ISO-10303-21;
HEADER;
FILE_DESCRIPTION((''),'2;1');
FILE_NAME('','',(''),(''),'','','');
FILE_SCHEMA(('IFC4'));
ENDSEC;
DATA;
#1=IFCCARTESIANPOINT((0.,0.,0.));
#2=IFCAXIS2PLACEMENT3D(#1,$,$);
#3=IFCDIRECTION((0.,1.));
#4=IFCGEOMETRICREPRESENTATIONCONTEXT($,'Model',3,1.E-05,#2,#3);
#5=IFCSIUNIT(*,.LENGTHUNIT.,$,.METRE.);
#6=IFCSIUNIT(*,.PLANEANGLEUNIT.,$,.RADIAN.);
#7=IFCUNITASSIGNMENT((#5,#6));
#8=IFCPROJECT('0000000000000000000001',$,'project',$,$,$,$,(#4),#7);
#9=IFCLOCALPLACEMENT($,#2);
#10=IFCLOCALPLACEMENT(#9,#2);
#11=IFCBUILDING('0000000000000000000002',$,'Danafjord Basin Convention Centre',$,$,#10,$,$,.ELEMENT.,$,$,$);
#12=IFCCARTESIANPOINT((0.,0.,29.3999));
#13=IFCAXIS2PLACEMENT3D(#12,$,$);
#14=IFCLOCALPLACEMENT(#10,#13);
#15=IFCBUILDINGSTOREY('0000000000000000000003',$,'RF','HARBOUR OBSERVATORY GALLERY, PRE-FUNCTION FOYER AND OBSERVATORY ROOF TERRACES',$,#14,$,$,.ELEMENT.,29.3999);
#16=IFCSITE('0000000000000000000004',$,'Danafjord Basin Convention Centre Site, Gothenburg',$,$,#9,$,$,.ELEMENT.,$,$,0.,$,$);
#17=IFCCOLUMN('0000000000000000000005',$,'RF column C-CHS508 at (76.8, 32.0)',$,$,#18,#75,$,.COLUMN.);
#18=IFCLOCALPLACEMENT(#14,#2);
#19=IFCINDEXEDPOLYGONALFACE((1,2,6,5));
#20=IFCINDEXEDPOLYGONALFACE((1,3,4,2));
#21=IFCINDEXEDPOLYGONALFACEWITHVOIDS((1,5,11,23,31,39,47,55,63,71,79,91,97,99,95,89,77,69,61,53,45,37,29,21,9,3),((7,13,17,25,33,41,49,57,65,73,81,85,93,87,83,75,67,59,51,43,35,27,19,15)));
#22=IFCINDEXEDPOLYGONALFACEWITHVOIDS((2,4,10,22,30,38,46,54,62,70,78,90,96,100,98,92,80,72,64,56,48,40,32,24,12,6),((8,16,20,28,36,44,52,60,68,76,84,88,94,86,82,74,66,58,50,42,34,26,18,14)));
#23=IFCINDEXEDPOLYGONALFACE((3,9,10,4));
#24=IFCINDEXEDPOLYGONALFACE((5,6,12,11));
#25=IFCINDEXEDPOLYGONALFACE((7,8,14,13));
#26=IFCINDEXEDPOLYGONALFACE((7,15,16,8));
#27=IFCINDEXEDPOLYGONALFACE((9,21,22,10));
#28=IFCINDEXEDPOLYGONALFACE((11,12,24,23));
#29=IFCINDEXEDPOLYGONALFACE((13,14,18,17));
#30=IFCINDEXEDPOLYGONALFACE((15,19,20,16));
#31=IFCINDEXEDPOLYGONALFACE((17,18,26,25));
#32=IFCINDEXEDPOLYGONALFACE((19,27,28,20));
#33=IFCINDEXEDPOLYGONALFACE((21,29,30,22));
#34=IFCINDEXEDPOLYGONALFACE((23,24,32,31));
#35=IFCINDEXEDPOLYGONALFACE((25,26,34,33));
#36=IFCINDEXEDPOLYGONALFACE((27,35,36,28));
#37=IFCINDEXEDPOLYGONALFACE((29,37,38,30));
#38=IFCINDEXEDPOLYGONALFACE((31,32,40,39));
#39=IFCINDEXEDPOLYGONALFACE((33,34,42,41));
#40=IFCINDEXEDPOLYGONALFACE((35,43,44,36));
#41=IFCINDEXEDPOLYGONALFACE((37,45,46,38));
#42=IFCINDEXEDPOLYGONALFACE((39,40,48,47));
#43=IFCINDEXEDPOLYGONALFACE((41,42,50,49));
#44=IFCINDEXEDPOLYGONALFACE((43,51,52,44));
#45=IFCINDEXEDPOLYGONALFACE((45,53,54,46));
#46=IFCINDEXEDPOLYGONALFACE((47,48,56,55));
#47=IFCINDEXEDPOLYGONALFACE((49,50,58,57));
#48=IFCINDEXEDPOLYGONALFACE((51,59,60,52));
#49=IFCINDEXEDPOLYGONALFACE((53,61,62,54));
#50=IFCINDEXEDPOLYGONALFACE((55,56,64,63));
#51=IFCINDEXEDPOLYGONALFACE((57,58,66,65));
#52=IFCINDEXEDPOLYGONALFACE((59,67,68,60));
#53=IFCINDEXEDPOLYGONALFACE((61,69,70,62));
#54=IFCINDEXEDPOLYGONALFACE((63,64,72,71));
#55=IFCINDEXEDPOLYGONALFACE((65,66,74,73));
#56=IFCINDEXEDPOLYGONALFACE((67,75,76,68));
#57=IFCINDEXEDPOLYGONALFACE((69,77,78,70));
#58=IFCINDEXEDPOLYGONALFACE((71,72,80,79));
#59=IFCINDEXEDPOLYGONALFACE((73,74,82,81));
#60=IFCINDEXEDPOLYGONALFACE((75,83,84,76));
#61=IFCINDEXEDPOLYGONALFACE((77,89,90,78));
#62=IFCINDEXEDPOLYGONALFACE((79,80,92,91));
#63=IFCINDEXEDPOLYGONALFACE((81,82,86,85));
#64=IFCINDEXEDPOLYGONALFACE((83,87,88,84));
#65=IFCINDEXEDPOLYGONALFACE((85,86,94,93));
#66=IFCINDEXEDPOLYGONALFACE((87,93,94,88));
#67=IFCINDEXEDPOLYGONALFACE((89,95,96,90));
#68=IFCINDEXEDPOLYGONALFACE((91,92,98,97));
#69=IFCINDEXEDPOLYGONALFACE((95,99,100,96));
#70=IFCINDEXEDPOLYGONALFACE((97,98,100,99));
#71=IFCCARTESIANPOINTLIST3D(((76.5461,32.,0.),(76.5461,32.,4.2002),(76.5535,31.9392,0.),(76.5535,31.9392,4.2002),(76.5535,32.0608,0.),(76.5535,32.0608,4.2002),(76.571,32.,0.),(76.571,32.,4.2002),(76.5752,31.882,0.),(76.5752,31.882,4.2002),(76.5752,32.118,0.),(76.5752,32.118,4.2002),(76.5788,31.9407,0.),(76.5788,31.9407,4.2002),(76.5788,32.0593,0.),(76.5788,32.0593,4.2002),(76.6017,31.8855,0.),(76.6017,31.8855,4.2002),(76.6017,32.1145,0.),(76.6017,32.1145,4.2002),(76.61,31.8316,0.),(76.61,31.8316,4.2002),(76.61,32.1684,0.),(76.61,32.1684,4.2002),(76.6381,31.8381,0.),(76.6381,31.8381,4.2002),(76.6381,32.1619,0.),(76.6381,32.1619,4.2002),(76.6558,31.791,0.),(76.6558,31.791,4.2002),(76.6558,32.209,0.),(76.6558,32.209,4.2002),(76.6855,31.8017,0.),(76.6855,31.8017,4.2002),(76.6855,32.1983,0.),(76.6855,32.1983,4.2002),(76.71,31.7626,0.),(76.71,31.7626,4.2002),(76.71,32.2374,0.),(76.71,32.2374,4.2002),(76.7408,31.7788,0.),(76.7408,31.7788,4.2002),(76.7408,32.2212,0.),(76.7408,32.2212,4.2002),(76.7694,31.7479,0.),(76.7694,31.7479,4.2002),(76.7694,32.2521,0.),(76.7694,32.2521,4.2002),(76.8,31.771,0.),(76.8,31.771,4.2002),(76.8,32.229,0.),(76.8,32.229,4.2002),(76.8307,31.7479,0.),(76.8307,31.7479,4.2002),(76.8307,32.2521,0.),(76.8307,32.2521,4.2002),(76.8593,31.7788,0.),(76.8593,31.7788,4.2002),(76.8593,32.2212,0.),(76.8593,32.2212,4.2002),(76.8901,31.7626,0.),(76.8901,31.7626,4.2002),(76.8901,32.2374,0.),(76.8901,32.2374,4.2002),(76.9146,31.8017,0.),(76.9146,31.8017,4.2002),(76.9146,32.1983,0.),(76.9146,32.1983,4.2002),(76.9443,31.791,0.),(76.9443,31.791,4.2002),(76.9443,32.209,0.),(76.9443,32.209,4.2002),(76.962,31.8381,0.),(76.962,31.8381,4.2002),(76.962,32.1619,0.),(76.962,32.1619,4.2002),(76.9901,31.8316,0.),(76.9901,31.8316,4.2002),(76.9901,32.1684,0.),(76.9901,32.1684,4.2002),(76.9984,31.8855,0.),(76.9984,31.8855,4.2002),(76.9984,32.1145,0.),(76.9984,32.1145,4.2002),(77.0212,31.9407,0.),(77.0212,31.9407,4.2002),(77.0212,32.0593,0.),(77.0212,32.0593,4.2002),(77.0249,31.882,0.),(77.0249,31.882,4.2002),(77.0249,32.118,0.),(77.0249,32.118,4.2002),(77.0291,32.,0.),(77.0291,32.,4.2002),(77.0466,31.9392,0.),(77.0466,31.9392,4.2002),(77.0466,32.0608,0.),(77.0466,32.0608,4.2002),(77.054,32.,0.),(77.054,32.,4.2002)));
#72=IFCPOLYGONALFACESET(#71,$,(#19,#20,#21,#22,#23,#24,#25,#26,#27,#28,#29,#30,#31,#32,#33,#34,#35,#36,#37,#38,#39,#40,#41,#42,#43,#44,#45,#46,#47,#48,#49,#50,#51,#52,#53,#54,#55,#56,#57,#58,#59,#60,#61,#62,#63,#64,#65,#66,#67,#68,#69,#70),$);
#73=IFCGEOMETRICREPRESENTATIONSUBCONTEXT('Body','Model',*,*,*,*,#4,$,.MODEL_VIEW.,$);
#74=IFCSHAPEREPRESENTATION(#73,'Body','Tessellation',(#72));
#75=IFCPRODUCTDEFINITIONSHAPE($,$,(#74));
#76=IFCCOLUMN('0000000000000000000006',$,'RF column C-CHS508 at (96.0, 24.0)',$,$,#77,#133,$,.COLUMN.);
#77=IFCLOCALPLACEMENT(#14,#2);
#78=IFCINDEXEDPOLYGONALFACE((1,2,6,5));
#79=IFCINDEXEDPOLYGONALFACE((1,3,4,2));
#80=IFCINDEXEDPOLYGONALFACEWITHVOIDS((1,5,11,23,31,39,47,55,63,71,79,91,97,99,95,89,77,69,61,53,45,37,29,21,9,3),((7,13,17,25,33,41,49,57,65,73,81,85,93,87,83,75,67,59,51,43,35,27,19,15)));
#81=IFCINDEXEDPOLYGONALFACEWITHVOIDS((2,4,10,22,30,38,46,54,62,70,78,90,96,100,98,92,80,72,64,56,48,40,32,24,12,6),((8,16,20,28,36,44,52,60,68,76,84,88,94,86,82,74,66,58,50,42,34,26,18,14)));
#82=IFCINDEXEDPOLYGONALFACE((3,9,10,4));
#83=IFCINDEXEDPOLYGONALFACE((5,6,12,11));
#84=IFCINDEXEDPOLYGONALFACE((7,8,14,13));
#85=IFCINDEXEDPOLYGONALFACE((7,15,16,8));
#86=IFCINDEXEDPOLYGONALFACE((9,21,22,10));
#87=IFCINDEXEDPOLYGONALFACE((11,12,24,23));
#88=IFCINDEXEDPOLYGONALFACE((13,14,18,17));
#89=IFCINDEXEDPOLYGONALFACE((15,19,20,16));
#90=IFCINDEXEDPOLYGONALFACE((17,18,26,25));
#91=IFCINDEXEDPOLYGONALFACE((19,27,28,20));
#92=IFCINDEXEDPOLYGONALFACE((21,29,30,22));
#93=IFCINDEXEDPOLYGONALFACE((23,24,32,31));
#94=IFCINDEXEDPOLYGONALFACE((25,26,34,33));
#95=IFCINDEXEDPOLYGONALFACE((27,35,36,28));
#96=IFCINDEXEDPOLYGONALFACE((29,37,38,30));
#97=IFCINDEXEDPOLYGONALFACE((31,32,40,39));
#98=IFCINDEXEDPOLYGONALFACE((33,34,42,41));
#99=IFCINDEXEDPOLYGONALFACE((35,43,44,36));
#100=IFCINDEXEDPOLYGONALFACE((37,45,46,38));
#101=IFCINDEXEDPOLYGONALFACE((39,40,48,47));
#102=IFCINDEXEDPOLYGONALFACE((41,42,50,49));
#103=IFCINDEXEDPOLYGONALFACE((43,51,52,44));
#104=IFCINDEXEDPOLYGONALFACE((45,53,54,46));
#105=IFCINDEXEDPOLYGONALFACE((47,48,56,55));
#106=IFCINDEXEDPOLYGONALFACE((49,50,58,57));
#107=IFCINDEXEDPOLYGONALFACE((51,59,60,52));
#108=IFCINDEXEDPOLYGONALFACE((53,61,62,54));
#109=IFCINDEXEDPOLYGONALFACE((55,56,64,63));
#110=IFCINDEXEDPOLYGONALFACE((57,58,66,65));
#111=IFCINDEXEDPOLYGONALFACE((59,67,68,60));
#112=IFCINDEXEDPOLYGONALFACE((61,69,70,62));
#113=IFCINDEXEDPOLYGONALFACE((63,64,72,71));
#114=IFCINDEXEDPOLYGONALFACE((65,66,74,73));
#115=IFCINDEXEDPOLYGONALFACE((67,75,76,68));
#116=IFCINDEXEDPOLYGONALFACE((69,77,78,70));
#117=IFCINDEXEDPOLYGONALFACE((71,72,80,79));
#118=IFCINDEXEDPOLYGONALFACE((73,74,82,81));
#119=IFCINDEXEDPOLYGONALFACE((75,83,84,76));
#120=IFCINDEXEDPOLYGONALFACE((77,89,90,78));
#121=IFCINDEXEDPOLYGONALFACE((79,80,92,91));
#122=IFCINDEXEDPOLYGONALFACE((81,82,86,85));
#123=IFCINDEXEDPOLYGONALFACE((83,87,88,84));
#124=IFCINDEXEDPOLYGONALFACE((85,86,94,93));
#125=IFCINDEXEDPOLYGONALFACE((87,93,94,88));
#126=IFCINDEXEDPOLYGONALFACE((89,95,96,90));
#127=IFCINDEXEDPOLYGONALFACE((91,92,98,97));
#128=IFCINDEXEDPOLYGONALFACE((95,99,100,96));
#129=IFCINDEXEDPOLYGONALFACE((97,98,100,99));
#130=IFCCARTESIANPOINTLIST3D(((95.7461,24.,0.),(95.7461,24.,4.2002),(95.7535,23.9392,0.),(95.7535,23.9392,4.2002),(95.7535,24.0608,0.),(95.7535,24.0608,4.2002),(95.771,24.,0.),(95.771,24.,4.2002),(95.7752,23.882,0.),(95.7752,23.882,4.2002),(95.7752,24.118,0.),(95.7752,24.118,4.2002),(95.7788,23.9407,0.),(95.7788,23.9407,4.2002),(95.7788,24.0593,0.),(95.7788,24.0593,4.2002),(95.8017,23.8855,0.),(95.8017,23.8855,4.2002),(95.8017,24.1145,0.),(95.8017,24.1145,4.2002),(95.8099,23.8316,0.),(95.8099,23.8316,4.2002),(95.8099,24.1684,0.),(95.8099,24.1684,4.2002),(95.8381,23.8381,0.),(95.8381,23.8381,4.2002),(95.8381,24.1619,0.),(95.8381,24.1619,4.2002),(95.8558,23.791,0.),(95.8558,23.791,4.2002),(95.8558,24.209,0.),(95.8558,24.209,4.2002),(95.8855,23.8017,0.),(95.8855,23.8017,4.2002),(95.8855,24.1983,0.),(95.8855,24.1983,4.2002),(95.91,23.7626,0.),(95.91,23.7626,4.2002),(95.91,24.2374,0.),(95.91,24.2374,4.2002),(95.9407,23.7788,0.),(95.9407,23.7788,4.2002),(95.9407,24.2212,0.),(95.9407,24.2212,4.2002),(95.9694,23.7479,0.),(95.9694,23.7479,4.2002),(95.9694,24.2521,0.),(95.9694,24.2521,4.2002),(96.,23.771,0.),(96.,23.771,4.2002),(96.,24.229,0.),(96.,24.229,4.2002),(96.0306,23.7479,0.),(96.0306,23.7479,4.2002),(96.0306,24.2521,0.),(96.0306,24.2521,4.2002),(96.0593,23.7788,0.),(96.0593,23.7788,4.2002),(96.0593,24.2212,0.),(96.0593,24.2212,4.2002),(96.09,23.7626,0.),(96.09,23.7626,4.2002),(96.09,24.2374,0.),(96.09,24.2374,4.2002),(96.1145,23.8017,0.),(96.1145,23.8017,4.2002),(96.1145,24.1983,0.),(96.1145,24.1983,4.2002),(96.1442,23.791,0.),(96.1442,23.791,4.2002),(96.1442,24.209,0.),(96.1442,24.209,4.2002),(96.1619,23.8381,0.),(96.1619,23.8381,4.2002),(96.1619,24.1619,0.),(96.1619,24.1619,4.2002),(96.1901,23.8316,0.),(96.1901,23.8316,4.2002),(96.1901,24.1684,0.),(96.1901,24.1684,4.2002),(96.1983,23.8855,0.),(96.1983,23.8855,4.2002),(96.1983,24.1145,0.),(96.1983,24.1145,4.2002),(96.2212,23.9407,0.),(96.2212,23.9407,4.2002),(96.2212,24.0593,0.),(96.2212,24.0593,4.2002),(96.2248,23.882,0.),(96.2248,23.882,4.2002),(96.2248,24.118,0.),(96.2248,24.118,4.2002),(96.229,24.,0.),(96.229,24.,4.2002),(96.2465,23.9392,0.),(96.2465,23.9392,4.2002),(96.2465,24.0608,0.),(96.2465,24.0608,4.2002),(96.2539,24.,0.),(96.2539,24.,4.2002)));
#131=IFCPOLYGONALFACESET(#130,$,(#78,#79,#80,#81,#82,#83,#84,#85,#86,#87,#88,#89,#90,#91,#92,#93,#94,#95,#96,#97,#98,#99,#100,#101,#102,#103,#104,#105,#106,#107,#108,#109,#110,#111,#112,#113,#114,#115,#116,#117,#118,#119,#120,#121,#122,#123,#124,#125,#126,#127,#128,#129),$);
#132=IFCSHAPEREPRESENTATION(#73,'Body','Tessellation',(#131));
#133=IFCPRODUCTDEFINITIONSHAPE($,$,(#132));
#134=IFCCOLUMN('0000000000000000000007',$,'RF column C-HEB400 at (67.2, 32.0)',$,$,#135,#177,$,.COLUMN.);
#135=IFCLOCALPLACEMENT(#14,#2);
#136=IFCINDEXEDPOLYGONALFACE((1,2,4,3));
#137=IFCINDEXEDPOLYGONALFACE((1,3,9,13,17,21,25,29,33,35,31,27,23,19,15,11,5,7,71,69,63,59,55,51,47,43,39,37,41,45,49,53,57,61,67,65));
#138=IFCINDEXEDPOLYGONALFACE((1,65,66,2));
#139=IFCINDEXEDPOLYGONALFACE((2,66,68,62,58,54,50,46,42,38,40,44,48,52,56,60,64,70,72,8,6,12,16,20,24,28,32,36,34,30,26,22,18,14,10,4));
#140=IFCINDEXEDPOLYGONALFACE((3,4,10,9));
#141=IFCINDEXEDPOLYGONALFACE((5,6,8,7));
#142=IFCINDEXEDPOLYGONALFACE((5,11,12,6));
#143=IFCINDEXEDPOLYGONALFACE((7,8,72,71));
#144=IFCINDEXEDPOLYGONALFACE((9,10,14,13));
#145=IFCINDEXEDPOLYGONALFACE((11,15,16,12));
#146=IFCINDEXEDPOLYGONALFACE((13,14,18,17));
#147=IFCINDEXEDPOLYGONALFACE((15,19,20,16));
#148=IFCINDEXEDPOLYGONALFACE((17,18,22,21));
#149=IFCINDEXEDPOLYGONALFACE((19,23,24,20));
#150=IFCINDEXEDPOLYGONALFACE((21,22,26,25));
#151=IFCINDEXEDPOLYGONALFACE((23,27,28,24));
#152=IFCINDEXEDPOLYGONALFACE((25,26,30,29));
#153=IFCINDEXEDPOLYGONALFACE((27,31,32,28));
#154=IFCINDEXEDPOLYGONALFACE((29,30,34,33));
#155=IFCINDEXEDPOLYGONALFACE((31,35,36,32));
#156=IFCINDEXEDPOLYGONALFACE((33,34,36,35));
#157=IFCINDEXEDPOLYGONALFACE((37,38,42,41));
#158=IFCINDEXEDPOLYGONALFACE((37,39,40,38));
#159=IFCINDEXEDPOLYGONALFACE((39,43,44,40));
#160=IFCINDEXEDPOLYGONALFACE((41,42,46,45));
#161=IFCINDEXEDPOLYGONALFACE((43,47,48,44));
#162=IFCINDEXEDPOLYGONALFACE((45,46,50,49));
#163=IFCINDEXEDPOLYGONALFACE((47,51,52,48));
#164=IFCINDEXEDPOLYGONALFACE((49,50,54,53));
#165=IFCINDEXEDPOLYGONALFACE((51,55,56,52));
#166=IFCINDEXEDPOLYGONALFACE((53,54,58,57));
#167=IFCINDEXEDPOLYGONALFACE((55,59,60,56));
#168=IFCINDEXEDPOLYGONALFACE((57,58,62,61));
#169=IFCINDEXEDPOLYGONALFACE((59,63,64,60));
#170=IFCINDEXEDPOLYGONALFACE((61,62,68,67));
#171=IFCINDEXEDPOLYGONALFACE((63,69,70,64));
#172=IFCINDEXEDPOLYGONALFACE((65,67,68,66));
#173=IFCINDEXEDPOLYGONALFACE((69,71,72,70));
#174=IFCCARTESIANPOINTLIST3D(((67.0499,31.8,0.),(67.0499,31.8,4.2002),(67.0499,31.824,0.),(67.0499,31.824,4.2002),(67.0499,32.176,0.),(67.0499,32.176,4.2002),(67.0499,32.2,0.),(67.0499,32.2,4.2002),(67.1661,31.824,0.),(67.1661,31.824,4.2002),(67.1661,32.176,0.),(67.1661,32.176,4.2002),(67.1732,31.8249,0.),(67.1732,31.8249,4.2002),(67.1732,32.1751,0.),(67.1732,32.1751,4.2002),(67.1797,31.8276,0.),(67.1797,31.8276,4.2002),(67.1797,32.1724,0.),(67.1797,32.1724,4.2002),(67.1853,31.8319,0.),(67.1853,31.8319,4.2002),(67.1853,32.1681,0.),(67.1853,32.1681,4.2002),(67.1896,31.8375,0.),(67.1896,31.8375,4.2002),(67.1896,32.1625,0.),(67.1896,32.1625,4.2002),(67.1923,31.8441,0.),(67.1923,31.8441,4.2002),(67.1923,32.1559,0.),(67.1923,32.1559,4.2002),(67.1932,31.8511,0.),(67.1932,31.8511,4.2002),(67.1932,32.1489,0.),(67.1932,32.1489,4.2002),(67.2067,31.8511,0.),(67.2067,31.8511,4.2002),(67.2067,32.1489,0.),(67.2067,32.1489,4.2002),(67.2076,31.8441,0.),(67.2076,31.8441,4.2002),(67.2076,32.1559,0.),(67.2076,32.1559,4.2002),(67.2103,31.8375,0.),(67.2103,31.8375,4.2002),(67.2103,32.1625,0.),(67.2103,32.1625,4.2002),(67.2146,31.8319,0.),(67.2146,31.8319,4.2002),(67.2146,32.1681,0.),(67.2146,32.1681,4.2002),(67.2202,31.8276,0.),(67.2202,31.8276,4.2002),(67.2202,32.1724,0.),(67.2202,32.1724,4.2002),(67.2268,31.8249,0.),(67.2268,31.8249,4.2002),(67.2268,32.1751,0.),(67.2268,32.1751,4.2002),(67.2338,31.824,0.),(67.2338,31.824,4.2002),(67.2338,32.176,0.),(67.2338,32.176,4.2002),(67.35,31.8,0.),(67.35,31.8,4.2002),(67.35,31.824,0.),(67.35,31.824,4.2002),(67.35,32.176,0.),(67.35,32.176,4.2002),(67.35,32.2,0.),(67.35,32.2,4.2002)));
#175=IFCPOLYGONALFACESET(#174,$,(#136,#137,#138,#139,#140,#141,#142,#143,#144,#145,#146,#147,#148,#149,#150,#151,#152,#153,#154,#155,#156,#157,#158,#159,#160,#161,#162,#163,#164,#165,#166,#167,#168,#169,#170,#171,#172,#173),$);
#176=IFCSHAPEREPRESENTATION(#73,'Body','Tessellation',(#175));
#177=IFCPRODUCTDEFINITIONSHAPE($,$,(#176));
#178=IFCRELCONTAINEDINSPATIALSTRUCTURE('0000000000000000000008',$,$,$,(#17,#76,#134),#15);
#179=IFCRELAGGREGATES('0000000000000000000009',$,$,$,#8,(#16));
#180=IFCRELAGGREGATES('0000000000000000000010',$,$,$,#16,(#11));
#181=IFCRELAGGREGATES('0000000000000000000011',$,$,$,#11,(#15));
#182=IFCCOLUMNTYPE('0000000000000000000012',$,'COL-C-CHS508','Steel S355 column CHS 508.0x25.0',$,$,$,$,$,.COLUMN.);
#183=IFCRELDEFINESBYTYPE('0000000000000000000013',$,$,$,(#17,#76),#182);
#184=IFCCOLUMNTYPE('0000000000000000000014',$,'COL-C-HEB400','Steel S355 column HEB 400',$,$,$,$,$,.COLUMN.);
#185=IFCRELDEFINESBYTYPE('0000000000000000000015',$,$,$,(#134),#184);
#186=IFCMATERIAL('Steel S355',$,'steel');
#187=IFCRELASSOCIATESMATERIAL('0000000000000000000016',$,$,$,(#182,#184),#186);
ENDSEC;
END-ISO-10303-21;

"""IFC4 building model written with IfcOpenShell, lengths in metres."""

from ifc_helpers import new_model, si_unit, direction, frame, origin, origin_2d, place, context, subcontext, project, spatial, hollow_circle, i_section, extrude, material, material_profile, profile_set, type_object, element, save


model = new_model("IFC4")

# Units and contexts
model_context = context("Model", 3, precision=1e-05, world=origin(), true_north=direction((0.0, 1.0)))
body_context = subcontext(model_context, "Body", "Model", "MODEL_VIEW")
ifc_project = project(units=[si_unit("LENGTHUNIT", "METRE"), si_unit("PLANEANGLEUNIT", "RADIAN")], contexts=[model_context])

# Site, building, storey
site_placement = place(None, origin())
site = spatial("IfcSite", under=ifc_project, at=site_placement, Name="Danafjord Basin Convention Centre Site, Gothenburg", CompositionType="ELEMENT", RefElevation=0.0)
building_placement = place(site_placement, origin())
building = spatial("IfcBuilding", under=site, at=building_placement, Name="Danafjord Basin Convention Centre", CompositionType="ELEMENT")
storey_placement = place(building_placement, frame((0.0, 0.0, 29.3999)))
storey = spatial("IfcBuildingStorey", under=building, at=storey_placement, Name="RF", Description="HARBOUR OBSERVATORY GALLERY, PRE-FUNCTION FOYER AND OBSERVATORY ROOF TERRACES", CompositionType="ELEMENT", Elevation=29.3999)

# Columns
ifc_material_1 = material(Name="Steel S355", Category="steel")
ifc_material_profile_1 = material_profile(ifc_material_1, hollow_circle(Radius=0.2539, WallThickness=0.0249, at=origin_2d()), Name="CHS 508.0x25.0")
ifc_profile_set_1 = profile_set([ifc_material_profile_1], Name="Steel S355")
column_type_1 = type_object("IfcColumnType", Name="COL-C-CHS508", Description="Steel S355 column CHS 508.0x25.0", PredefinedType="COLUMN", material=ifc_profile_set_1)
for number, where, z_axis, x_axis, name in (
    (1, (76.8, 32.0, 0.0), (0.0, 0.0, 1.0), (1.0, 0.0, 0.0), "RF column C-CHS508 at (76.8, 32.0)"),
    (2, (96.0, 24.0, 0.0), (0.0, 0.0, 1.0), (1.0, 0.0, 0.0), "RF column C-CHS508 at (96.0, 24.0)"),
):
    element("IfcColumn", number, at=place(storey_placement, frame(where, z_axis=z_axis, x_axis=x_axis)), inside=storey, type_object=column_type_1, Name=name, PredefinedType="COLUMN", context=body_context, shape_type="SweptSolid", body=[
        extrude(hollow_circle(Radius=0.2539, WallThickness=0.0249, at=origin_2d()), origin(), (0.0, 0.0, 1.0), 4.2002),
    ])
ifc_material_profile_2 = material_profile(ifc_material_1, i_section(OverallWidth=0.3, OverallDepth=0.3999, WebThickness=0.0134, FlangeThickness=0.0239, FilletRadius=0.0271, at=origin_2d()), Name="HEB 400")
ifc_profile_set_2 = profile_set([ifc_material_profile_2], Name="Steel S355")
column_type_2 = type_object("IfcColumnType", Name="COL-C-HEB400", Description="Steel S355 column HEB 400", PredefinedType="COLUMN", material=ifc_profile_set_2)
for number, where, z_axis, x_axis, name in (
    (3, (67.2, 32.0, 0.0), (0.0, 0.0, 1.0), (1.0, 0.0, 0.0), "RF column C-HEB400 at (67.2, 32.0)"),
):
    element("IfcColumn", number, at=place(storey_placement, frame(where, z_axis=z_axis, x_axis=x_axis)), inside=storey, type_object=column_type_2, Name=name, PredefinedType="COLUMN", context=body_context, shape_type="SweptSolid", body=[
        extrude(i_section(OverallWidth=0.3, OverallDepth=0.3999, WebThickness=0.0134, FlangeThickness=0.0239, FilletRadius=0.0271, at=origin_2d()), origin(), (0.0, 0.0, 1.0), 4.2002),
    ])

save(model, "model.ifc")
